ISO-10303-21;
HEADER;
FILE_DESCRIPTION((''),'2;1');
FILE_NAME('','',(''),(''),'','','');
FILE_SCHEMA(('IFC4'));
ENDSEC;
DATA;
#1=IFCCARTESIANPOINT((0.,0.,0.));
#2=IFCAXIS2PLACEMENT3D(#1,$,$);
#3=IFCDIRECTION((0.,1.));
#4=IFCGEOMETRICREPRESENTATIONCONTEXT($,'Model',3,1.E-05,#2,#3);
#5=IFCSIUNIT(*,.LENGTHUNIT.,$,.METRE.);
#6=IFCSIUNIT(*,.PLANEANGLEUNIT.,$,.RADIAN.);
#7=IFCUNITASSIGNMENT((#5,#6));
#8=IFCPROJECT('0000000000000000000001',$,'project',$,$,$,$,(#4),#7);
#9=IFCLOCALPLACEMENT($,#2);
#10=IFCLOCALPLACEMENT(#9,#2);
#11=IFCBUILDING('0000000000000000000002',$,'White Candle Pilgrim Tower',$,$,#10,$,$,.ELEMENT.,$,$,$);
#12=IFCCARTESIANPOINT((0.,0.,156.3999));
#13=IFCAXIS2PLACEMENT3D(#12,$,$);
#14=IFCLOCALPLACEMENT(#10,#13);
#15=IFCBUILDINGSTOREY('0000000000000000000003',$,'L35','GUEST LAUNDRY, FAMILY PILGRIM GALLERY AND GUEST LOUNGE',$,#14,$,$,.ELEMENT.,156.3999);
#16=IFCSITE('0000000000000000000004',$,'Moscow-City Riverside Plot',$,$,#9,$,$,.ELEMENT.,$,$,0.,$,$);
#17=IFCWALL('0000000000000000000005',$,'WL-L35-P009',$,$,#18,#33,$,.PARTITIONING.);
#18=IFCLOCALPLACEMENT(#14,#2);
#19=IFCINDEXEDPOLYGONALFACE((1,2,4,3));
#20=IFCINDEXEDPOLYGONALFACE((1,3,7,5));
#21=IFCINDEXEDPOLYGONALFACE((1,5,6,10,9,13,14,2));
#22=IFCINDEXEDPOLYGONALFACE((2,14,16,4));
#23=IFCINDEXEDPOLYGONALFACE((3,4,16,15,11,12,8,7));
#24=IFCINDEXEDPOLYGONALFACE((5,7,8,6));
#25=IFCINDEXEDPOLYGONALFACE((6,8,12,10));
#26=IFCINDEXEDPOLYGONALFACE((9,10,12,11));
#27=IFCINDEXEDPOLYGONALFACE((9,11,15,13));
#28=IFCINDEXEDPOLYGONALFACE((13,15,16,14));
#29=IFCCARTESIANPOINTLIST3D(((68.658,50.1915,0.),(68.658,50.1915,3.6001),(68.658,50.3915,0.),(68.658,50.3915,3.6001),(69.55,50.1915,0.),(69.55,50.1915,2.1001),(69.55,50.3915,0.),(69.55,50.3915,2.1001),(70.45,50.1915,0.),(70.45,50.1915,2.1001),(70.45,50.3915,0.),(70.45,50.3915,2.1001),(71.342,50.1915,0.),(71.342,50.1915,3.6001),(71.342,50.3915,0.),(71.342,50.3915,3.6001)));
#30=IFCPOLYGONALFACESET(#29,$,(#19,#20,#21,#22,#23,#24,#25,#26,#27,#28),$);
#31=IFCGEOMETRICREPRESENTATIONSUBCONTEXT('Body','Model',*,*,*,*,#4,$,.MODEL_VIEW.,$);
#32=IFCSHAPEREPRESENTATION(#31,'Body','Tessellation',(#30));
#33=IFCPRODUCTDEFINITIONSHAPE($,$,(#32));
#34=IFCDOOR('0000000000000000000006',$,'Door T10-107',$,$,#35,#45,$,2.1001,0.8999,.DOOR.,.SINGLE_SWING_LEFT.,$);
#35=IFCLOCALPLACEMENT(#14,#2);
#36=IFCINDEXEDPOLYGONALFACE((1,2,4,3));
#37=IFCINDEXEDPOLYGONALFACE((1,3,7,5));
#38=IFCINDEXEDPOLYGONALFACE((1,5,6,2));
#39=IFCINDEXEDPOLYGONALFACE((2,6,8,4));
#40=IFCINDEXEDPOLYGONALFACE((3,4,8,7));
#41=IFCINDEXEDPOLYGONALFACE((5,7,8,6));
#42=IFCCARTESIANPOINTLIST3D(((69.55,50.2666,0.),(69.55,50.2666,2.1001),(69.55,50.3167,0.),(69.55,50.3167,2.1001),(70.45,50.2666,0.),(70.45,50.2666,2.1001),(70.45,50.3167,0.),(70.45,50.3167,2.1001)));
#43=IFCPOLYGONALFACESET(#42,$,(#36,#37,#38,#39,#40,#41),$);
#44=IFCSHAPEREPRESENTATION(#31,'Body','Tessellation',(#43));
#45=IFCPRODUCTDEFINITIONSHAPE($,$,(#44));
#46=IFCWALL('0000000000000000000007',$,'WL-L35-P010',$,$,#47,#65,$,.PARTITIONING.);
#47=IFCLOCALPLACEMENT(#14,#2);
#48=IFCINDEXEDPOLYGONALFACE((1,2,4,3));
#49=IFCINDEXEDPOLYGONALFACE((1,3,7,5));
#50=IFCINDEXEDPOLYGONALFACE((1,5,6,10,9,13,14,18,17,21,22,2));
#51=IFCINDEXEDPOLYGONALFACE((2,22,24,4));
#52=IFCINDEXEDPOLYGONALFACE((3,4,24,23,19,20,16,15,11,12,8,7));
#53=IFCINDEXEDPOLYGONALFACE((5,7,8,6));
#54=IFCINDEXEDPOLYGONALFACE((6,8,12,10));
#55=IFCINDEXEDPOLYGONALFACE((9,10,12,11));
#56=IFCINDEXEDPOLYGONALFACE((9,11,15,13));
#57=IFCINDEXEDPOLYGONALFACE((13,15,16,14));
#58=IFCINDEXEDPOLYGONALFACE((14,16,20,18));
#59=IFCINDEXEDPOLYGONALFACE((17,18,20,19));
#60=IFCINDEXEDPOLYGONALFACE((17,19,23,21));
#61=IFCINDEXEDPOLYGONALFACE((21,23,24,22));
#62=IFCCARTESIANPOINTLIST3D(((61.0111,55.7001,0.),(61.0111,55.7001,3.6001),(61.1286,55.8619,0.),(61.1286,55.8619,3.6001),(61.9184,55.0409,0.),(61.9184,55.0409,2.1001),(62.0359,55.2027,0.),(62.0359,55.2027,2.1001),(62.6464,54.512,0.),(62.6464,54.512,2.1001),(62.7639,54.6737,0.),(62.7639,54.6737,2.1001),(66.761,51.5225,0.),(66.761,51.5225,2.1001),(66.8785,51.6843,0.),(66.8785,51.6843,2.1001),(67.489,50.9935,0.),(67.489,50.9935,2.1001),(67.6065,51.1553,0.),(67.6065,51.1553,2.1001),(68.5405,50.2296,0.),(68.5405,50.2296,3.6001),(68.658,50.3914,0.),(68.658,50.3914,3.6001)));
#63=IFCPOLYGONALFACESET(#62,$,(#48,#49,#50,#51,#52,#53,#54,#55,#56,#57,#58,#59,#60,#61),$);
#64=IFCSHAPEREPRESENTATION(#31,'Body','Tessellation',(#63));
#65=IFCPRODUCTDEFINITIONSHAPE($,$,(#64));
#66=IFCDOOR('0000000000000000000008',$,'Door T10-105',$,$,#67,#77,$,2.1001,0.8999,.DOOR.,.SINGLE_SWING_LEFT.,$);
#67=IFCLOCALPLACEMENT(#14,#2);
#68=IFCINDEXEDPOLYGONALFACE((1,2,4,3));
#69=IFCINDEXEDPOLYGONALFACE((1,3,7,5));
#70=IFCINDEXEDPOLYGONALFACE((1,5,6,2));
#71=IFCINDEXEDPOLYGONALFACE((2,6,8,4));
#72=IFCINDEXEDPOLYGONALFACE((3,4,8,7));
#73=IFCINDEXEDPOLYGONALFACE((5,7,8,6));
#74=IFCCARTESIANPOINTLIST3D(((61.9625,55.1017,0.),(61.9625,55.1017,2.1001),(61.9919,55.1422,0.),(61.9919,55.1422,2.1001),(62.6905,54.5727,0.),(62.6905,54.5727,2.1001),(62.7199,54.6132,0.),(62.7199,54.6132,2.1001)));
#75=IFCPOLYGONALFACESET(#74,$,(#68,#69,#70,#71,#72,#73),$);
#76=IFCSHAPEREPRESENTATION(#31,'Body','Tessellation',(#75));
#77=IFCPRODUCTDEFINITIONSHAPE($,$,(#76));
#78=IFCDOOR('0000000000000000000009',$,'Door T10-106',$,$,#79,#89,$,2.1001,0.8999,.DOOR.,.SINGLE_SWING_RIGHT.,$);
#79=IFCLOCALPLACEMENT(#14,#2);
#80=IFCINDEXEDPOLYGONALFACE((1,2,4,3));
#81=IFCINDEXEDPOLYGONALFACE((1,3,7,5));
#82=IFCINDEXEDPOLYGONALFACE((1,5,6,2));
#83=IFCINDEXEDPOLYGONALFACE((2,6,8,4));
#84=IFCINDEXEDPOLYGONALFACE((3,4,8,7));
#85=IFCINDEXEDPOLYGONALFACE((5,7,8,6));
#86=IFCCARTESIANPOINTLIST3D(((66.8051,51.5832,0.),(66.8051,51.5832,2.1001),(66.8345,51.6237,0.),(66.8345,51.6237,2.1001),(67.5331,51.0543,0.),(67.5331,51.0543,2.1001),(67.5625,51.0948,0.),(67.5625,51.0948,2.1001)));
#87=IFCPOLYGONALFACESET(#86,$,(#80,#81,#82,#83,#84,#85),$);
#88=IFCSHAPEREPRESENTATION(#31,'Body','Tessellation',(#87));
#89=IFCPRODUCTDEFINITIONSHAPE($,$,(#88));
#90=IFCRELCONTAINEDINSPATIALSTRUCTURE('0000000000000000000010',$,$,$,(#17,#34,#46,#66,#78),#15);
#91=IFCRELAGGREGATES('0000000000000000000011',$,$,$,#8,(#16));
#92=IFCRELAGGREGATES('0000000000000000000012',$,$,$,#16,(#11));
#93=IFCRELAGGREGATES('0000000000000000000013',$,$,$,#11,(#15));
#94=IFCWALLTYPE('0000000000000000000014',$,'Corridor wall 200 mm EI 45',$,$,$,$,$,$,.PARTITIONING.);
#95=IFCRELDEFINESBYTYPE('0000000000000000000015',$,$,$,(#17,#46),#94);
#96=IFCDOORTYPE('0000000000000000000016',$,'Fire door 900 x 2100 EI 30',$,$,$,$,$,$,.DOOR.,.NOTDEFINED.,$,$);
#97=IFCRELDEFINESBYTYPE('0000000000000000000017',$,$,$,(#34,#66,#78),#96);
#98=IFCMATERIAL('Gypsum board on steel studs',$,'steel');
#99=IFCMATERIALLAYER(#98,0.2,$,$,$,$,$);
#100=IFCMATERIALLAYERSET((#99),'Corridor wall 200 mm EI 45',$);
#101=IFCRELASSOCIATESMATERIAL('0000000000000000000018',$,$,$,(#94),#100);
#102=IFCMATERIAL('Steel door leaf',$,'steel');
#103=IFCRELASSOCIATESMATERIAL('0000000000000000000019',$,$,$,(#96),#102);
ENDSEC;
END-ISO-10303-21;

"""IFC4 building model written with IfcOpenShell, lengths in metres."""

from ifc_helpers import new_model, si_unit, direction, frame, frame_2d, origin, place, context, subcontext, project, spatial, rectangle, extrude, material, layer, layer_set, type_object, element, fill, save


model = new_model("IFC4")

# Units and contexts
model_context = context("Model", 3, precision=1e-05, world=origin(), true_north=direction((0.0, 1.0)))
body_context = subcontext(model_context, "Body", "Model", "MODEL_VIEW")
ifc_project = project(units=[si_unit("LENGTHUNIT", "METRE"), si_unit("PLANEANGLEUNIT", "RADIAN")], contexts=[model_context])

# Site, building, storey
site_placement = place(None, origin())
site = spatial("IfcSite", under=ifc_project, at=site_placement, Name="Moscow-City Riverside Plot", CompositionType="ELEMENT", RefElevation=0.0)
building_placement = place(site_placement, origin())
building = spatial("IfcBuilding", under=site, at=building_placement, Name="White Candle Pilgrim Tower", CompositionType="ELEMENT")
storey_placement = place(building_placement, frame((0.0, 0.0, 156.3999)))
storey = spatial("IfcBuildingStorey", under=building, at=storey_placement, Name="L35", Description="GUEST LAUNDRY, FAMILY PILGRIM GALLERY AND GUEST LOUNGE", CompositionType="ELEMENT", Elevation=156.3999)

# Wall, opening, door
ifc_material_1 = material(Name="Gypsum board on steel studs", Category="steel")
ifc_layer_1 = layer(ifc_material_1, 0.2)
ifc_layer_set_1 = layer_set([ifc_layer_1], Name="Corridor wall 200 mm EI 45")
wall_type_1 = type_object("IfcWallType", Name="Corridor wall 200 mm EI 45", PredefinedType="PARTITIONING", material=ifc_layer_set_1)
wall_1_placement = place(storey_placement, frame((71.342, 50.2915, 0.0), z_axis=(0.0, 0.0, 1.0), x_axis=(-1.0, 0.0, 0.0)))
wall_1 = element("IfcWall", 1, at=wall_1_placement, inside=storey, type_object=wall_type_1, Name="WL-L35-P009", PredefinedType="PARTITIONING", context=body_context, shape_type="SweptSolid", body=[
    extrude(rectangle(XDim=2.6841, YDim=0.2, at=frame_2d((1.342, 0.0))), origin(), (0.0, 0.0, 1.0), 3.6001),
])
opening_1_placement = place(wall_1_placement, frame((0.8921, 0.0, 0.0)))
opening_1 = element("IfcOpeningElement", 2, at=opening_1_placement, cuts=wall_1, PredefinedType="OPENING", context=body_context, shape_type="SweptSolid", body=[
    extrude(rectangle(XDim=0.8999, YDim=2.1001, at=frame_2d((0.45, 1.05))), frame((0.0, 0.1099, 0.0), z_axis=(0.0, -1.0, 0.0), x_axis=(1.0, 0.0, 0.0)), (0.0, 0.0, 1.0), 0.22),
])
ifc_material_2 = material(Name="Steel door leaf", Category="steel")
door_type = type_object("IfcDoorType", Name="Fire door 900 x 2100 EI 30", OperationType="NOTDEFINED", PredefinedType="DOOR", material=ifc_material_2)
door_1_placement = place(opening_1_placement, origin())
door_1 = element("IfcDoor", 3, at=door_1_placement, inside=storey, type_object=door_type, Name="Door T10-107", OperationType="SINGLE_SWING_LEFT", OverallHeight=2.1001, OverallWidth=0.8999, PredefinedType="DOOR", context=body_context, shape_type="SweptSolid", body=[
    extrude(rectangle(XDim=0.8999, YDim=2.1001, at=frame_2d((0.45, 1.05))), frame((0.0, 0.0249, 0.0), z_axis=(0.0, -1.0, 0.0), x_axis=(1.0, 0.0, 0.0)), (0.0, 0.0, 1.0), 0.05),
])
fill(opening_1, door_1)

# Wall, openings, doors
wall_2_placement = place(storey_placement, frame((68.5991, 50.3105, 0.0), z_axis=(0.0, 0.0, 1.0), x_axis=(-0.809012, 0.587793, 0.0)))
wall_2 = element("IfcWall", 4, at=wall_2_placement, inside=storey, type_object=wall_type_1, Name="WL-L35-P010", PredefinedType="PARTITIONING", context=body_context, shape_type="SweptSolid", body=[
    extrude(rectangle(XDim=9.3069, YDim=0.2, at=frame_2d((4.6533, 0.0))), origin(), (0.0, 0.0, 1.0), 3.6001),
])
opening_2_placement = place(wall_2_placement, frame((7.2854, 0.0, 0.0)))
opening_2 = element("IfcOpeningElement", 5, at=opening_2_placement, cuts=wall_2, PredefinedType="OPENING", context=body_context, shape_type="SweptSolid", body=[
    extrude(rectangle(XDim=0.8999, YDim=2.1001, at=frame_2d((0.45, 1.05))), frame((0.0, 0.1099, 0.0), z_axis=(0.0, -1.0, 0.0), x_axis=(1.0, 0.0, 0.0)), (0.0, 0.0, 1.0), 0.22),
])
opening_3_placement = place(wall_2_placement, frame((1.2996, 0.0, 0.0)))
opening_3 = element("IfcOpeningElement", 6, at=opening_3_placement, cuts=wall_2, PredefinedType="OPENING", context=body_context, shape_type="SweptSolid", body=[
    extrude(rectangle(XDim=0.8999, YDim=2.1001, at=frame_2d((0.45, 1.05))), frame((0.0, 0.1099, 0.0), z_axis=(0.0, -1.0, 0.0), x_axis=(1.0, 0.0, 0.0)), (0.0, 0.0, 1.0), 0.22),
])
door_2_placement = place(opening_2_placement, origin())
door_2 = element("IfcDoor", 7, at=door_2_placement, inside=storey, type_object=door_type, Name="Door T10-105", OperationType="SINGLE_SWING_LEFT", OverallHeight=2.1001, OverallWidth=0.8999, PredefinedType="DOOR", context=body_context, shape_type="SweptSolid", body=[
    extrude(rectangle(XDim=0.8999, YDim=2.1001, at=frame_2d((0.45, 1.05))), frame((0.0, 0.0249, 0.0), z_axis=(0.0, -1.0, 0.0), x_axis=(1.0, 0.0, 0.0)), (0.0, 0.0, 1.0), 0.05),
])
fill(opening_2, door_2)
door_3_placement = place(opening_3_placement, origin())
door_3 = element("IfcDoor", 8, at=door_3_placement, inside=storey, type_object=door_type, Name="Door T10-106", OperationType="SINGLE_SWING_RIGHT", OverallHeight=2.1001, OverallWidth=0.8999, PredefinedType="DOOR", context=body_context, shape_type="SweptSolid", body=[
    extrude(rectangle(XDim=0.8999, YDim=2.1001, at=frame_2d((0.45, 1.05))), frame((0.0, 0.0249, 0.0), z_axis=(0.0, -1.0, 0.0), x_axis=(1.0, 0.0, 0.0)), (0.0, 0.0, 1.0), 0.05),
])
fill(opening_3, door_3)

save(model, "model.ifc")
